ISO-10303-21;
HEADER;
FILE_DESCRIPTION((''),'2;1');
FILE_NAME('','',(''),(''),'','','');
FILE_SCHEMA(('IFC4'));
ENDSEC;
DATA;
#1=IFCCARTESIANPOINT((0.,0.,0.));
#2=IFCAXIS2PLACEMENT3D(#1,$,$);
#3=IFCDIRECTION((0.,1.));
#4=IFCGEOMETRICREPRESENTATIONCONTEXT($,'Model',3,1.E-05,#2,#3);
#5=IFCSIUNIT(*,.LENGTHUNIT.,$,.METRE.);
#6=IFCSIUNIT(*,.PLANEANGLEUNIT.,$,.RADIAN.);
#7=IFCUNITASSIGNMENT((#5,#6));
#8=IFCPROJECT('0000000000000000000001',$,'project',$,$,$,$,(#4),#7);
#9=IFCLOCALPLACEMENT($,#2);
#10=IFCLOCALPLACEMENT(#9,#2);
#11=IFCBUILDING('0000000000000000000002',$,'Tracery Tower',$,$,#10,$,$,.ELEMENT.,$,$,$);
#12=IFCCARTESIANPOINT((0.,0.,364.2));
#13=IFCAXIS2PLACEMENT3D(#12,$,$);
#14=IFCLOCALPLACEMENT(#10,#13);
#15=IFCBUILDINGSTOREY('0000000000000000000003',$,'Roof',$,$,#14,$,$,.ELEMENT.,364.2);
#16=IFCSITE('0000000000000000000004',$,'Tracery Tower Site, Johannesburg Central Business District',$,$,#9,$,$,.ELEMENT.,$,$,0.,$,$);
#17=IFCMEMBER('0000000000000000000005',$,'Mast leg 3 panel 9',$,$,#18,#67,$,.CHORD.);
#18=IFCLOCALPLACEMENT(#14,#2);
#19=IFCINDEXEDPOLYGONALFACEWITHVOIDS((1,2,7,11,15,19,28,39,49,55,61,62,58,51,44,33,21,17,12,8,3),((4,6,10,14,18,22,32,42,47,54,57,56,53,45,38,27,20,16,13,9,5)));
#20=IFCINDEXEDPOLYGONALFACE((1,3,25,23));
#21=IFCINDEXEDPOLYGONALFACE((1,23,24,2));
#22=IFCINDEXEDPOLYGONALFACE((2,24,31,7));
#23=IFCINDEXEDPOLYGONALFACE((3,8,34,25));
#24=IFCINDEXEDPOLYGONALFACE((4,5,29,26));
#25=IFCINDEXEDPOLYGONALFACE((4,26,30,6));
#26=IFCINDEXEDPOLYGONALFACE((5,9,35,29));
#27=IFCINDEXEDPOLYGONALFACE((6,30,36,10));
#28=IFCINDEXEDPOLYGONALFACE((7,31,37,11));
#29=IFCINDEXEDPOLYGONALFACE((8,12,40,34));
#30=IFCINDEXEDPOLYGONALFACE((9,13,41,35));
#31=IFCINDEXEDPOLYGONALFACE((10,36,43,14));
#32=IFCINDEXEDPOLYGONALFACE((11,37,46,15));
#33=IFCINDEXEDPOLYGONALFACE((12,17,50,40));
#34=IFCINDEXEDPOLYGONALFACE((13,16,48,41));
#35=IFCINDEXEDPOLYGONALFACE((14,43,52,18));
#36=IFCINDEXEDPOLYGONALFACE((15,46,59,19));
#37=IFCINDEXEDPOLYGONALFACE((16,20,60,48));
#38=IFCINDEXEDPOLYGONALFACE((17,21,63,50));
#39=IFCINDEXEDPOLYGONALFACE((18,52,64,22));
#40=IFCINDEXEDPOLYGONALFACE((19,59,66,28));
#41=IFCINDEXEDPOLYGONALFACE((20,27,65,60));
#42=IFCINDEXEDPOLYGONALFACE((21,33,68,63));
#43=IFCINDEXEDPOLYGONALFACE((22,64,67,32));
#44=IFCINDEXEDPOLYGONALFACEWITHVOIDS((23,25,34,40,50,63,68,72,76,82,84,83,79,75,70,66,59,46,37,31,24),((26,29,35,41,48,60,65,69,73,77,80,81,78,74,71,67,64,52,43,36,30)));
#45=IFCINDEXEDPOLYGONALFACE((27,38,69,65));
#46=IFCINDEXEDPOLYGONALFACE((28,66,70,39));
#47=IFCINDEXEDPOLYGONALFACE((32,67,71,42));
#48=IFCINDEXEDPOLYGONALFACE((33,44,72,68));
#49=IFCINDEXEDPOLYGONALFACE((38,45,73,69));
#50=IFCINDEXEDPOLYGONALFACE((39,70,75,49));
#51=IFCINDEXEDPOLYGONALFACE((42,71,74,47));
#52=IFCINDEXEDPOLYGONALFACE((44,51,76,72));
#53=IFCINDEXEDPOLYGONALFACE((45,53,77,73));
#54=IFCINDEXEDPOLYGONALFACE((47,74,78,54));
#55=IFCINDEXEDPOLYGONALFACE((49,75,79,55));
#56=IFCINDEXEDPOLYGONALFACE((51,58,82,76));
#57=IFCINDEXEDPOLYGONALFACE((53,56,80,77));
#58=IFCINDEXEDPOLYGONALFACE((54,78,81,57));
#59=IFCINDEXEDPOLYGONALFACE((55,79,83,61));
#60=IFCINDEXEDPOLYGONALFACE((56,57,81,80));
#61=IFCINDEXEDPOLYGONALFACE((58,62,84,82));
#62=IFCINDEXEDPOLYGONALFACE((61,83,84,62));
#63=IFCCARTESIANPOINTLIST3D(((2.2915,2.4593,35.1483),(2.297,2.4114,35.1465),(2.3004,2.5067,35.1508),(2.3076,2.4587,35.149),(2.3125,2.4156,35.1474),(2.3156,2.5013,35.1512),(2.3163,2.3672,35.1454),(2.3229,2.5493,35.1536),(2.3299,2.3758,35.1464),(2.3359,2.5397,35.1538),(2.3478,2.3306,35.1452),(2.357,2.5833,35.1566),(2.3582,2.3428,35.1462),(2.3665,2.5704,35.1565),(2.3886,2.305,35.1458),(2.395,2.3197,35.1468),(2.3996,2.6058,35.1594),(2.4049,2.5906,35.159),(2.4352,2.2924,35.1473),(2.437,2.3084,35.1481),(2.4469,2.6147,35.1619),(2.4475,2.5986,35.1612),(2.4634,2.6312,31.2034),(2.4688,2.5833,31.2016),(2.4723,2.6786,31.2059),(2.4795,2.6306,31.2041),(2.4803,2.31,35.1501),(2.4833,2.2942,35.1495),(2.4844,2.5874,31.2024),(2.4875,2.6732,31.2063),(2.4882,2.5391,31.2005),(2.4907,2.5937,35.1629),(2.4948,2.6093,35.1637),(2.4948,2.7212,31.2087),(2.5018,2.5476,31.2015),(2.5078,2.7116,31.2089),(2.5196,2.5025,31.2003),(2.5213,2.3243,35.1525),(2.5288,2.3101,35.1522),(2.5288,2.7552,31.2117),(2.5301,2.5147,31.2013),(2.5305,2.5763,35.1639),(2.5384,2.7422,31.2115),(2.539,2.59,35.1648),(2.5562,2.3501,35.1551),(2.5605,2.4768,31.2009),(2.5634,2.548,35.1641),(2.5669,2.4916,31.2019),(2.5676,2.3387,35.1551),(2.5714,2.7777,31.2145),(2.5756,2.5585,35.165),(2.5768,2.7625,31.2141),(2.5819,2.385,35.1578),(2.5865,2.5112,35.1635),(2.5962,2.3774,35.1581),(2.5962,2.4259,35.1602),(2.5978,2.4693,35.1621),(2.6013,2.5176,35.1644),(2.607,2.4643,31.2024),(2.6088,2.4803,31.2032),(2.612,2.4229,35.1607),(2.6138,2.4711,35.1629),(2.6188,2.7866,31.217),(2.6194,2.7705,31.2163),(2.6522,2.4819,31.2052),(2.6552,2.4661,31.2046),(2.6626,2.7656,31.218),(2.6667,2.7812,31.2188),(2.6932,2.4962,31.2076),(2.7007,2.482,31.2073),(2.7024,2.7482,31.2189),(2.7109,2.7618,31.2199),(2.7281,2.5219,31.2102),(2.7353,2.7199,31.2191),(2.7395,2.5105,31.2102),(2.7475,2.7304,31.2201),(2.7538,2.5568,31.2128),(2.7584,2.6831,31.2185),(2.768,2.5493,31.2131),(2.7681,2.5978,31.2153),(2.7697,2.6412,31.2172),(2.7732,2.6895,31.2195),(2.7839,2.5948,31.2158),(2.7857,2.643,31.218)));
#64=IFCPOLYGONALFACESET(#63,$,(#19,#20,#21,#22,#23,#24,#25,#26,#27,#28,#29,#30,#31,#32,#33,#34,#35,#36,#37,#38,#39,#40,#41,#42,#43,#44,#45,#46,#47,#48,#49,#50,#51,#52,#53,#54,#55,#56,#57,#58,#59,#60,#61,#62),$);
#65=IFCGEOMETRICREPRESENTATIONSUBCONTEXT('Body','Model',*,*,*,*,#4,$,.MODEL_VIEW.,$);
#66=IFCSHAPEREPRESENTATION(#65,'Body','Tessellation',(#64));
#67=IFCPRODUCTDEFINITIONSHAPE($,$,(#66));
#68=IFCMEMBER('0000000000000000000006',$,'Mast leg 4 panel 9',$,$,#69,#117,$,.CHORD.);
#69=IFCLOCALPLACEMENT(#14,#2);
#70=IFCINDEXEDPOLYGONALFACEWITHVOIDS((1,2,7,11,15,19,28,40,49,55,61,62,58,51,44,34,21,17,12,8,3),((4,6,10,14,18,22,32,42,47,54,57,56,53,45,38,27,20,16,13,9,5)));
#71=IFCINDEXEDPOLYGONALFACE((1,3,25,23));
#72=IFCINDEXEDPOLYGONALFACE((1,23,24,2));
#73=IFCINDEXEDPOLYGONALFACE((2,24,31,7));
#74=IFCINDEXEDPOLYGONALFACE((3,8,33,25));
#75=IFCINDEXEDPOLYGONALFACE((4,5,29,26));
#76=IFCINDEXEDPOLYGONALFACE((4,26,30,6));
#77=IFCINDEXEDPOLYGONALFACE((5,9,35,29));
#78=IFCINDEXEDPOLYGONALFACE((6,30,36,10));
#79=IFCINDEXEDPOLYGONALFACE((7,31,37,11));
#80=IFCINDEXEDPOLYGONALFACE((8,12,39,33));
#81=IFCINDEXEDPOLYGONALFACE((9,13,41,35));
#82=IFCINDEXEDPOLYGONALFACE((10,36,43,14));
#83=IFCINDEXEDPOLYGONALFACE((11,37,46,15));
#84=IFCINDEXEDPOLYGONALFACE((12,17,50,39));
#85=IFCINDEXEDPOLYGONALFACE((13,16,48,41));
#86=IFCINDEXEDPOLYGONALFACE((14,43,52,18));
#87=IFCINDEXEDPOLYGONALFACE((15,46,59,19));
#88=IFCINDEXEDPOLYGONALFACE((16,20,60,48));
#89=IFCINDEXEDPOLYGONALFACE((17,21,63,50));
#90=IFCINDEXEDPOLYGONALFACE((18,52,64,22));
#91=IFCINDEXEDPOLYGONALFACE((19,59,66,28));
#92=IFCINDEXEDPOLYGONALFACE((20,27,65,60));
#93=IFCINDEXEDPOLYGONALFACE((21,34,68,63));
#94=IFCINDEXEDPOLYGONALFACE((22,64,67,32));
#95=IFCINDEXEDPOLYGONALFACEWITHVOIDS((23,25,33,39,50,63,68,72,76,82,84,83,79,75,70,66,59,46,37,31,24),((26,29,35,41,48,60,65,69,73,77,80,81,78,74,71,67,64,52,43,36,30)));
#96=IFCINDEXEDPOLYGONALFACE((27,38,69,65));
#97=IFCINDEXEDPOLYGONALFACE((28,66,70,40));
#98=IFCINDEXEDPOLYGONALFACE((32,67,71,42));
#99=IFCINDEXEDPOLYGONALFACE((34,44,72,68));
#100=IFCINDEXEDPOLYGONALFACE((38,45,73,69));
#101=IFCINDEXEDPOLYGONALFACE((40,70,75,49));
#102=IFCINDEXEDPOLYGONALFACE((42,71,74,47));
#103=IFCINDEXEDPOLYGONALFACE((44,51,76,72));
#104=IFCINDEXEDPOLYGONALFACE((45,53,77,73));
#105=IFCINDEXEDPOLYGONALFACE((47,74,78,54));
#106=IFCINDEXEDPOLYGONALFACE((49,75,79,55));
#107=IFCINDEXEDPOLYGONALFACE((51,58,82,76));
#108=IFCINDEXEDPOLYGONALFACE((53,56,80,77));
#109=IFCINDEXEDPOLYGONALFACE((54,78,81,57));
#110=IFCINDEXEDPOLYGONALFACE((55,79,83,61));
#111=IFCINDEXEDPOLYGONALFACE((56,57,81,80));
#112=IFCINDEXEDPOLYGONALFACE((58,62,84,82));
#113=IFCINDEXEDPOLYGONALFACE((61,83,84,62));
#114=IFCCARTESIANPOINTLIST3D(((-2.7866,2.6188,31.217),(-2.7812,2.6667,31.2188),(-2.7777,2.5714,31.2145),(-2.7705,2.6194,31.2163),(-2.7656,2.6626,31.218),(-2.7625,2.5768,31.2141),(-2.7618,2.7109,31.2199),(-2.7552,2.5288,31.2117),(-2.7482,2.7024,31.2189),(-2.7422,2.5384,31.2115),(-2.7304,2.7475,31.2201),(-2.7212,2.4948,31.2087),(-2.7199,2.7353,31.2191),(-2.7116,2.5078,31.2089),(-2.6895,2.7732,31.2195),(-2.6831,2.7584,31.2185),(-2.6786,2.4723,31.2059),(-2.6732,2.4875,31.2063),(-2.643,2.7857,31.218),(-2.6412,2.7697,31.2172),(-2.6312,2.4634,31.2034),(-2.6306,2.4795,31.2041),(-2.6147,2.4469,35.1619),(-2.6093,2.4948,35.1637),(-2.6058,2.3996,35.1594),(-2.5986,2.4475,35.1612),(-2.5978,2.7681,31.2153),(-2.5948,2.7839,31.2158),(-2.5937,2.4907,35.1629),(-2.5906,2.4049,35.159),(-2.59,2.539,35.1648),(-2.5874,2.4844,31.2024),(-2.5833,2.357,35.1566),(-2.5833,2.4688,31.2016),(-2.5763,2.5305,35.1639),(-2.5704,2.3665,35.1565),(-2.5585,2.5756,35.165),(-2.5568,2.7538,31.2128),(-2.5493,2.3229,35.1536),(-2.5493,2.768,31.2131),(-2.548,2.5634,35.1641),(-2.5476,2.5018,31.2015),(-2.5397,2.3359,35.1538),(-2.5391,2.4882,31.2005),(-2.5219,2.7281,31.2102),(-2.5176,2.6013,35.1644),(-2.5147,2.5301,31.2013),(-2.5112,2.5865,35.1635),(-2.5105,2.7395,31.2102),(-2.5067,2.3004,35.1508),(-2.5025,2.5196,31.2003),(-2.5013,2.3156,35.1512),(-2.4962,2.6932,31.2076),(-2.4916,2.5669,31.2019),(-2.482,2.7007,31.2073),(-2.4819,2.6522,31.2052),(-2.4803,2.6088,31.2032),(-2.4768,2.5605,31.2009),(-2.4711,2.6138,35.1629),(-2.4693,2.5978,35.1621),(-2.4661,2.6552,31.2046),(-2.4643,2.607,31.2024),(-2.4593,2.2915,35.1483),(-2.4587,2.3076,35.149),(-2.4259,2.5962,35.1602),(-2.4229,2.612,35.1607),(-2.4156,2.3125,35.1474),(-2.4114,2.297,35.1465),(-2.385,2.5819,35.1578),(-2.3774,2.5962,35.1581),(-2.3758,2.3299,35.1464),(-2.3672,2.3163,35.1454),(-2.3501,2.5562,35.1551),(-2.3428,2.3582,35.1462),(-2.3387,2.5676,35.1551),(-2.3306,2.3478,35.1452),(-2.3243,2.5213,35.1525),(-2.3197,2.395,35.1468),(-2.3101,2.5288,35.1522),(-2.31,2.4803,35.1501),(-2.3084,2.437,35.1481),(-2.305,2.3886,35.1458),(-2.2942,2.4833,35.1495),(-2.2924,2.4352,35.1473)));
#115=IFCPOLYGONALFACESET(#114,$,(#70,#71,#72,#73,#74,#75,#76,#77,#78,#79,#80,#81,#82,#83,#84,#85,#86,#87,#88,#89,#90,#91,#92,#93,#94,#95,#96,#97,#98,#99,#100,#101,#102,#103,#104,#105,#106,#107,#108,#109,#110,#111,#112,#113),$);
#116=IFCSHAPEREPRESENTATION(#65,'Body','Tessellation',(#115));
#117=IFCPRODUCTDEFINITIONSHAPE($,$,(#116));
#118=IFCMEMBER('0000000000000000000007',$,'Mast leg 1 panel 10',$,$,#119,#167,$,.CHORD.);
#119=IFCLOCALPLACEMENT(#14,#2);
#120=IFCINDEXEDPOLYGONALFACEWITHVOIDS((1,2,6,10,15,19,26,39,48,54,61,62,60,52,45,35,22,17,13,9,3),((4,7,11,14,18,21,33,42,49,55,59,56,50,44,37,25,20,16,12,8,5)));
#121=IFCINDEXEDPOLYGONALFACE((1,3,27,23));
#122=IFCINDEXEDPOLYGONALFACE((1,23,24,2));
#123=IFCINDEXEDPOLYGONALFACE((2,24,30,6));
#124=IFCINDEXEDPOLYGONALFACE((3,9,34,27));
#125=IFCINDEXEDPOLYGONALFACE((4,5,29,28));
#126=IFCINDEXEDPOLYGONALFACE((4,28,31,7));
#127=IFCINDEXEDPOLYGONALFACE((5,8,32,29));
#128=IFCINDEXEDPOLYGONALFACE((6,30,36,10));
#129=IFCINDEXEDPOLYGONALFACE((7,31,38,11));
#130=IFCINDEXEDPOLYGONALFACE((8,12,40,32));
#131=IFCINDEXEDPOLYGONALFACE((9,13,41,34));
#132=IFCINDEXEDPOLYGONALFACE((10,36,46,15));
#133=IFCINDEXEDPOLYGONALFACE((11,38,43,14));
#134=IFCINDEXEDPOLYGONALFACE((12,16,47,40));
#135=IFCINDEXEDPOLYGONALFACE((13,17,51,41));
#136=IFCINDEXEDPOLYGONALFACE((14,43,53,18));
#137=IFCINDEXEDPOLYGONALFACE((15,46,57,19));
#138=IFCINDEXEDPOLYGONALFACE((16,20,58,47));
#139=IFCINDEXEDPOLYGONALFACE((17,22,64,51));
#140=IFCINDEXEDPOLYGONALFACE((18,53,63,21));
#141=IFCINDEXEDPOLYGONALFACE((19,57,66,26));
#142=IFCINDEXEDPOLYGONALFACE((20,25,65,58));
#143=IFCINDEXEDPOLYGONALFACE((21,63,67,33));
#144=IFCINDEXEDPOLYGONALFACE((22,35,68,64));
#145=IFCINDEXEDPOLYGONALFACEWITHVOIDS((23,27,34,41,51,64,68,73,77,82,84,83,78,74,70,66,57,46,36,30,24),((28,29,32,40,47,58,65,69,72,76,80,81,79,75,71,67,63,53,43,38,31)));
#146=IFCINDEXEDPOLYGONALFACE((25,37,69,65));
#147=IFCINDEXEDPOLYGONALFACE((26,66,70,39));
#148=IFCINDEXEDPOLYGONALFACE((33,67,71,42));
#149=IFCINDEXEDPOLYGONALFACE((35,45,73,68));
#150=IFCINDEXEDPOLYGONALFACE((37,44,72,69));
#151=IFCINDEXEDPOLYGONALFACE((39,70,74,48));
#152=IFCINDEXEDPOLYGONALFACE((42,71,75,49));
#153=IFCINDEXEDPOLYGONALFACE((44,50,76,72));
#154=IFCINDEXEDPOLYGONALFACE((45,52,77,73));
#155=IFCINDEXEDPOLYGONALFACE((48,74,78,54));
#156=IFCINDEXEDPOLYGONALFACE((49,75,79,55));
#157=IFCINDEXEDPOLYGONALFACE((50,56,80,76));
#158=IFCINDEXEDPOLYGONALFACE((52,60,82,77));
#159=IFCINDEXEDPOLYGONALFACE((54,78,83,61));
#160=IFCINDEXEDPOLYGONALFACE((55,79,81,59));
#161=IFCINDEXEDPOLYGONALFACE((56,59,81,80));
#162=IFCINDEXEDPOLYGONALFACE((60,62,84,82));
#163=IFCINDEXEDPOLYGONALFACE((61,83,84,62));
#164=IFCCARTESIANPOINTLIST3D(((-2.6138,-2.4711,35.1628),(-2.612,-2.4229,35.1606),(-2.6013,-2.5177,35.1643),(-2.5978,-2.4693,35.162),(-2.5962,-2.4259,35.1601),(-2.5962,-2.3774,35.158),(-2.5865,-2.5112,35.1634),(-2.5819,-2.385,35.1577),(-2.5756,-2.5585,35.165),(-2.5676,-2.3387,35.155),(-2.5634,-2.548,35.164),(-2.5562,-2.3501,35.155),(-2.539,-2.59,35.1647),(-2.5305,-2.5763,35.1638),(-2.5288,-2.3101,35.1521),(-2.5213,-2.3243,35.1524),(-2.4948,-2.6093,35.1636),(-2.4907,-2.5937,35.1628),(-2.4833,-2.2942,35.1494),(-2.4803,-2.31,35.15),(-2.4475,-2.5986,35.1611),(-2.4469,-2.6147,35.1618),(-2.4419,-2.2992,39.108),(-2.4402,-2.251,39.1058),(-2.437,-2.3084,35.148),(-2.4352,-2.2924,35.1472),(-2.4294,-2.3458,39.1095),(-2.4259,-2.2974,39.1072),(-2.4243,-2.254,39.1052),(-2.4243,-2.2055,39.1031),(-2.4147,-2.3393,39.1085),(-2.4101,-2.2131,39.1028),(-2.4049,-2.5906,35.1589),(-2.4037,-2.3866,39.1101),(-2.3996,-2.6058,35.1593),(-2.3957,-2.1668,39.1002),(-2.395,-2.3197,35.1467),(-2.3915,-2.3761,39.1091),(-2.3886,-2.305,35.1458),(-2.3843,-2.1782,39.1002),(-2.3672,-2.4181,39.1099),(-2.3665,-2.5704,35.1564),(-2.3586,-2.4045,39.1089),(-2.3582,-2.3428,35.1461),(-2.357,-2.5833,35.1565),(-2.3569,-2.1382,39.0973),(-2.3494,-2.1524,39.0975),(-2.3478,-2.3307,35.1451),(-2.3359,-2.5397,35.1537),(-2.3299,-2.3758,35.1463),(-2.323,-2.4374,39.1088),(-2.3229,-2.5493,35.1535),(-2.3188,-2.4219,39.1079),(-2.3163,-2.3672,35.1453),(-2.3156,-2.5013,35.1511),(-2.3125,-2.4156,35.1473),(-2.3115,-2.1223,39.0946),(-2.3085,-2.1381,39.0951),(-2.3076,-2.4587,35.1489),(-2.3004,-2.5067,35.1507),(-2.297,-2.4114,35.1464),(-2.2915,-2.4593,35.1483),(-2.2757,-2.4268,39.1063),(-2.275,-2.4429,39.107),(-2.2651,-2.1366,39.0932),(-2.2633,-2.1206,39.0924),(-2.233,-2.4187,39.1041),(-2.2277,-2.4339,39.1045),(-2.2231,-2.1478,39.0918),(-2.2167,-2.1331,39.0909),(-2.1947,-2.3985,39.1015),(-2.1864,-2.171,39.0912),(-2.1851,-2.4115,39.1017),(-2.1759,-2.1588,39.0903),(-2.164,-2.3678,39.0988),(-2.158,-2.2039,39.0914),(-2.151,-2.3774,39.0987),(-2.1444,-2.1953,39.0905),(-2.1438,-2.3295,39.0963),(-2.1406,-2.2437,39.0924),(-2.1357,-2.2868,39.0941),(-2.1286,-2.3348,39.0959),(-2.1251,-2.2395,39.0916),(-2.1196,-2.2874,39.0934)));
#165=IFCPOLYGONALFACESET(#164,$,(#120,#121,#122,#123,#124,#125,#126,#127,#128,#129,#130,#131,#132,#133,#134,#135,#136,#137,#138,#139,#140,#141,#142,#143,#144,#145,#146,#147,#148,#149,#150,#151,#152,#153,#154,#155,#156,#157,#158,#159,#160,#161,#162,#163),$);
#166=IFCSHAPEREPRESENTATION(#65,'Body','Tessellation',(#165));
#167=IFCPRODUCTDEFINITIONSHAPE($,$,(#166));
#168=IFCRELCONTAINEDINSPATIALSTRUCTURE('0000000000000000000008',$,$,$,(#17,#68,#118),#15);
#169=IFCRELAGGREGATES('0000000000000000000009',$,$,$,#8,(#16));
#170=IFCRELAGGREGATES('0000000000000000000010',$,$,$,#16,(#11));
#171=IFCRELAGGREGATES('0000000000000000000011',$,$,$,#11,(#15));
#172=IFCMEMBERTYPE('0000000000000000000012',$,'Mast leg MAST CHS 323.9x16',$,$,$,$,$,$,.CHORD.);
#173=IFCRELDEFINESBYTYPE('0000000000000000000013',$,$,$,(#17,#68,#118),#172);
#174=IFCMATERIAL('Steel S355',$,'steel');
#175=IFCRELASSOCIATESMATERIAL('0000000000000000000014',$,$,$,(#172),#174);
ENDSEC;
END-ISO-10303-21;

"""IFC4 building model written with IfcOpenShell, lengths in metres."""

from ifc_helpers import new_model, si_unit, direction, frame, origin, origin_2d, place, context, subcontext, project, spatial, hollow_circle, extrude, material, material_profile, profile_set, type_object, element, save


model = new_model("IFC4")

# Units and contexts
model_context = context("Model", 3, precision=1e-05, world=origin(), true_north=direction((0.0, 1.0)))
body_context = subcontext(model_context, "Body", "Model", "MODEL_VIEW")
ifc_project = project(units=[si_unit("LENGTHUNIT", "METRE"), si_unit("PLANEANGLEUNIT", "RADIAN")], contexts=[model_context])

# Site, building, storey
site_placement = place(None, origin())
site = spatial("IfcSite", under=ifc_project, at=site_placement, Name="Tracery Tower Site, Johannesburg Central Business District", CompositionType="ELEMENT", RefElevation=0.0)
building_placement = place(site_placement, origin())
building = spatial("IfcBuilding", under=site, at=building_placement, Name="Tracery Tower", CompositionType="ELEMENT")
storey_placement = place(building_placement, frame((0.0, 0.0, 364.2)))
storey = spatial("IfcBuildingStorey", under=building, at=storey_placement, Name="Roof", CompositionType="ELEMENT", Elevation=364.2)

# Members
ifc_material_1 = material(Name="Steel S355", Category="steel")
ifc_material_profile_1 = material_profile(ifc_material_1, hollow_circle(Radius=0.1619, WallThickness=0.0161, at=origin_2d()), Name="CHS 323.9x16")
ifc_profile_set_1 = profile_set([ifc_material_profile_1], Name="Steel S355")
member_type_1 = type_object("IfcMemberType", Name="Mast leg MAST CHS 323.9x16", PredefinedType="CHORD", material=ifc_profile_set_1)
for number, where, z_axis, x_axis, name in (
    (1, (2.625, 2.625, 31.2102), (-0.043487, -0.043487, 0.998107), (0.707107, -0.707107, 0.0), "Mast leg 3 panel 9"),
    (2, (-2.625, 2.625, 31.2102), (0.043487, -0.043487, 0.998107), (0.707107, 0.707107, 0.0), "Mast leg 4 panel 9"),
):
    element("IfcMember", number, at=place(storey_placement, frame(where, z_axis=z_axis, x_axis=x_axis)), inside=storey, type_object=member_type_1, Name=name, PredefinedType="CHORD", context=body_context, shape_type="SweptSolid", body=[
        extrude(hollow_circle(Radius=0.1619, WallThickness=0.0161, at=origin_2d()), origin(), (0.0, 0.0, 1.0), 3.9524),
    ])
member_placement = place(storey_placement, frame((-2.4531, -2.4531, 35.155), z_axis=(0.043485, 0.043485, 0.998107), x_axis=(-0.707107, 0.707107, 0.0)))
element("IfcMember", 3, at=member_placement, inside=storey, type_object=member_type_1, Name="Mast leg 1 panel 10", PredefinedType="CHORD", context=body_context, shape_type="SweptSolid", body=[
    extrude(hollow_circle(Radius=0.1619, WallThickness=0.0161, at=origin_2d()), origin(), (0.0, 0.0, 1.0), 3.9526),
])

save(model, "model.ifc")
